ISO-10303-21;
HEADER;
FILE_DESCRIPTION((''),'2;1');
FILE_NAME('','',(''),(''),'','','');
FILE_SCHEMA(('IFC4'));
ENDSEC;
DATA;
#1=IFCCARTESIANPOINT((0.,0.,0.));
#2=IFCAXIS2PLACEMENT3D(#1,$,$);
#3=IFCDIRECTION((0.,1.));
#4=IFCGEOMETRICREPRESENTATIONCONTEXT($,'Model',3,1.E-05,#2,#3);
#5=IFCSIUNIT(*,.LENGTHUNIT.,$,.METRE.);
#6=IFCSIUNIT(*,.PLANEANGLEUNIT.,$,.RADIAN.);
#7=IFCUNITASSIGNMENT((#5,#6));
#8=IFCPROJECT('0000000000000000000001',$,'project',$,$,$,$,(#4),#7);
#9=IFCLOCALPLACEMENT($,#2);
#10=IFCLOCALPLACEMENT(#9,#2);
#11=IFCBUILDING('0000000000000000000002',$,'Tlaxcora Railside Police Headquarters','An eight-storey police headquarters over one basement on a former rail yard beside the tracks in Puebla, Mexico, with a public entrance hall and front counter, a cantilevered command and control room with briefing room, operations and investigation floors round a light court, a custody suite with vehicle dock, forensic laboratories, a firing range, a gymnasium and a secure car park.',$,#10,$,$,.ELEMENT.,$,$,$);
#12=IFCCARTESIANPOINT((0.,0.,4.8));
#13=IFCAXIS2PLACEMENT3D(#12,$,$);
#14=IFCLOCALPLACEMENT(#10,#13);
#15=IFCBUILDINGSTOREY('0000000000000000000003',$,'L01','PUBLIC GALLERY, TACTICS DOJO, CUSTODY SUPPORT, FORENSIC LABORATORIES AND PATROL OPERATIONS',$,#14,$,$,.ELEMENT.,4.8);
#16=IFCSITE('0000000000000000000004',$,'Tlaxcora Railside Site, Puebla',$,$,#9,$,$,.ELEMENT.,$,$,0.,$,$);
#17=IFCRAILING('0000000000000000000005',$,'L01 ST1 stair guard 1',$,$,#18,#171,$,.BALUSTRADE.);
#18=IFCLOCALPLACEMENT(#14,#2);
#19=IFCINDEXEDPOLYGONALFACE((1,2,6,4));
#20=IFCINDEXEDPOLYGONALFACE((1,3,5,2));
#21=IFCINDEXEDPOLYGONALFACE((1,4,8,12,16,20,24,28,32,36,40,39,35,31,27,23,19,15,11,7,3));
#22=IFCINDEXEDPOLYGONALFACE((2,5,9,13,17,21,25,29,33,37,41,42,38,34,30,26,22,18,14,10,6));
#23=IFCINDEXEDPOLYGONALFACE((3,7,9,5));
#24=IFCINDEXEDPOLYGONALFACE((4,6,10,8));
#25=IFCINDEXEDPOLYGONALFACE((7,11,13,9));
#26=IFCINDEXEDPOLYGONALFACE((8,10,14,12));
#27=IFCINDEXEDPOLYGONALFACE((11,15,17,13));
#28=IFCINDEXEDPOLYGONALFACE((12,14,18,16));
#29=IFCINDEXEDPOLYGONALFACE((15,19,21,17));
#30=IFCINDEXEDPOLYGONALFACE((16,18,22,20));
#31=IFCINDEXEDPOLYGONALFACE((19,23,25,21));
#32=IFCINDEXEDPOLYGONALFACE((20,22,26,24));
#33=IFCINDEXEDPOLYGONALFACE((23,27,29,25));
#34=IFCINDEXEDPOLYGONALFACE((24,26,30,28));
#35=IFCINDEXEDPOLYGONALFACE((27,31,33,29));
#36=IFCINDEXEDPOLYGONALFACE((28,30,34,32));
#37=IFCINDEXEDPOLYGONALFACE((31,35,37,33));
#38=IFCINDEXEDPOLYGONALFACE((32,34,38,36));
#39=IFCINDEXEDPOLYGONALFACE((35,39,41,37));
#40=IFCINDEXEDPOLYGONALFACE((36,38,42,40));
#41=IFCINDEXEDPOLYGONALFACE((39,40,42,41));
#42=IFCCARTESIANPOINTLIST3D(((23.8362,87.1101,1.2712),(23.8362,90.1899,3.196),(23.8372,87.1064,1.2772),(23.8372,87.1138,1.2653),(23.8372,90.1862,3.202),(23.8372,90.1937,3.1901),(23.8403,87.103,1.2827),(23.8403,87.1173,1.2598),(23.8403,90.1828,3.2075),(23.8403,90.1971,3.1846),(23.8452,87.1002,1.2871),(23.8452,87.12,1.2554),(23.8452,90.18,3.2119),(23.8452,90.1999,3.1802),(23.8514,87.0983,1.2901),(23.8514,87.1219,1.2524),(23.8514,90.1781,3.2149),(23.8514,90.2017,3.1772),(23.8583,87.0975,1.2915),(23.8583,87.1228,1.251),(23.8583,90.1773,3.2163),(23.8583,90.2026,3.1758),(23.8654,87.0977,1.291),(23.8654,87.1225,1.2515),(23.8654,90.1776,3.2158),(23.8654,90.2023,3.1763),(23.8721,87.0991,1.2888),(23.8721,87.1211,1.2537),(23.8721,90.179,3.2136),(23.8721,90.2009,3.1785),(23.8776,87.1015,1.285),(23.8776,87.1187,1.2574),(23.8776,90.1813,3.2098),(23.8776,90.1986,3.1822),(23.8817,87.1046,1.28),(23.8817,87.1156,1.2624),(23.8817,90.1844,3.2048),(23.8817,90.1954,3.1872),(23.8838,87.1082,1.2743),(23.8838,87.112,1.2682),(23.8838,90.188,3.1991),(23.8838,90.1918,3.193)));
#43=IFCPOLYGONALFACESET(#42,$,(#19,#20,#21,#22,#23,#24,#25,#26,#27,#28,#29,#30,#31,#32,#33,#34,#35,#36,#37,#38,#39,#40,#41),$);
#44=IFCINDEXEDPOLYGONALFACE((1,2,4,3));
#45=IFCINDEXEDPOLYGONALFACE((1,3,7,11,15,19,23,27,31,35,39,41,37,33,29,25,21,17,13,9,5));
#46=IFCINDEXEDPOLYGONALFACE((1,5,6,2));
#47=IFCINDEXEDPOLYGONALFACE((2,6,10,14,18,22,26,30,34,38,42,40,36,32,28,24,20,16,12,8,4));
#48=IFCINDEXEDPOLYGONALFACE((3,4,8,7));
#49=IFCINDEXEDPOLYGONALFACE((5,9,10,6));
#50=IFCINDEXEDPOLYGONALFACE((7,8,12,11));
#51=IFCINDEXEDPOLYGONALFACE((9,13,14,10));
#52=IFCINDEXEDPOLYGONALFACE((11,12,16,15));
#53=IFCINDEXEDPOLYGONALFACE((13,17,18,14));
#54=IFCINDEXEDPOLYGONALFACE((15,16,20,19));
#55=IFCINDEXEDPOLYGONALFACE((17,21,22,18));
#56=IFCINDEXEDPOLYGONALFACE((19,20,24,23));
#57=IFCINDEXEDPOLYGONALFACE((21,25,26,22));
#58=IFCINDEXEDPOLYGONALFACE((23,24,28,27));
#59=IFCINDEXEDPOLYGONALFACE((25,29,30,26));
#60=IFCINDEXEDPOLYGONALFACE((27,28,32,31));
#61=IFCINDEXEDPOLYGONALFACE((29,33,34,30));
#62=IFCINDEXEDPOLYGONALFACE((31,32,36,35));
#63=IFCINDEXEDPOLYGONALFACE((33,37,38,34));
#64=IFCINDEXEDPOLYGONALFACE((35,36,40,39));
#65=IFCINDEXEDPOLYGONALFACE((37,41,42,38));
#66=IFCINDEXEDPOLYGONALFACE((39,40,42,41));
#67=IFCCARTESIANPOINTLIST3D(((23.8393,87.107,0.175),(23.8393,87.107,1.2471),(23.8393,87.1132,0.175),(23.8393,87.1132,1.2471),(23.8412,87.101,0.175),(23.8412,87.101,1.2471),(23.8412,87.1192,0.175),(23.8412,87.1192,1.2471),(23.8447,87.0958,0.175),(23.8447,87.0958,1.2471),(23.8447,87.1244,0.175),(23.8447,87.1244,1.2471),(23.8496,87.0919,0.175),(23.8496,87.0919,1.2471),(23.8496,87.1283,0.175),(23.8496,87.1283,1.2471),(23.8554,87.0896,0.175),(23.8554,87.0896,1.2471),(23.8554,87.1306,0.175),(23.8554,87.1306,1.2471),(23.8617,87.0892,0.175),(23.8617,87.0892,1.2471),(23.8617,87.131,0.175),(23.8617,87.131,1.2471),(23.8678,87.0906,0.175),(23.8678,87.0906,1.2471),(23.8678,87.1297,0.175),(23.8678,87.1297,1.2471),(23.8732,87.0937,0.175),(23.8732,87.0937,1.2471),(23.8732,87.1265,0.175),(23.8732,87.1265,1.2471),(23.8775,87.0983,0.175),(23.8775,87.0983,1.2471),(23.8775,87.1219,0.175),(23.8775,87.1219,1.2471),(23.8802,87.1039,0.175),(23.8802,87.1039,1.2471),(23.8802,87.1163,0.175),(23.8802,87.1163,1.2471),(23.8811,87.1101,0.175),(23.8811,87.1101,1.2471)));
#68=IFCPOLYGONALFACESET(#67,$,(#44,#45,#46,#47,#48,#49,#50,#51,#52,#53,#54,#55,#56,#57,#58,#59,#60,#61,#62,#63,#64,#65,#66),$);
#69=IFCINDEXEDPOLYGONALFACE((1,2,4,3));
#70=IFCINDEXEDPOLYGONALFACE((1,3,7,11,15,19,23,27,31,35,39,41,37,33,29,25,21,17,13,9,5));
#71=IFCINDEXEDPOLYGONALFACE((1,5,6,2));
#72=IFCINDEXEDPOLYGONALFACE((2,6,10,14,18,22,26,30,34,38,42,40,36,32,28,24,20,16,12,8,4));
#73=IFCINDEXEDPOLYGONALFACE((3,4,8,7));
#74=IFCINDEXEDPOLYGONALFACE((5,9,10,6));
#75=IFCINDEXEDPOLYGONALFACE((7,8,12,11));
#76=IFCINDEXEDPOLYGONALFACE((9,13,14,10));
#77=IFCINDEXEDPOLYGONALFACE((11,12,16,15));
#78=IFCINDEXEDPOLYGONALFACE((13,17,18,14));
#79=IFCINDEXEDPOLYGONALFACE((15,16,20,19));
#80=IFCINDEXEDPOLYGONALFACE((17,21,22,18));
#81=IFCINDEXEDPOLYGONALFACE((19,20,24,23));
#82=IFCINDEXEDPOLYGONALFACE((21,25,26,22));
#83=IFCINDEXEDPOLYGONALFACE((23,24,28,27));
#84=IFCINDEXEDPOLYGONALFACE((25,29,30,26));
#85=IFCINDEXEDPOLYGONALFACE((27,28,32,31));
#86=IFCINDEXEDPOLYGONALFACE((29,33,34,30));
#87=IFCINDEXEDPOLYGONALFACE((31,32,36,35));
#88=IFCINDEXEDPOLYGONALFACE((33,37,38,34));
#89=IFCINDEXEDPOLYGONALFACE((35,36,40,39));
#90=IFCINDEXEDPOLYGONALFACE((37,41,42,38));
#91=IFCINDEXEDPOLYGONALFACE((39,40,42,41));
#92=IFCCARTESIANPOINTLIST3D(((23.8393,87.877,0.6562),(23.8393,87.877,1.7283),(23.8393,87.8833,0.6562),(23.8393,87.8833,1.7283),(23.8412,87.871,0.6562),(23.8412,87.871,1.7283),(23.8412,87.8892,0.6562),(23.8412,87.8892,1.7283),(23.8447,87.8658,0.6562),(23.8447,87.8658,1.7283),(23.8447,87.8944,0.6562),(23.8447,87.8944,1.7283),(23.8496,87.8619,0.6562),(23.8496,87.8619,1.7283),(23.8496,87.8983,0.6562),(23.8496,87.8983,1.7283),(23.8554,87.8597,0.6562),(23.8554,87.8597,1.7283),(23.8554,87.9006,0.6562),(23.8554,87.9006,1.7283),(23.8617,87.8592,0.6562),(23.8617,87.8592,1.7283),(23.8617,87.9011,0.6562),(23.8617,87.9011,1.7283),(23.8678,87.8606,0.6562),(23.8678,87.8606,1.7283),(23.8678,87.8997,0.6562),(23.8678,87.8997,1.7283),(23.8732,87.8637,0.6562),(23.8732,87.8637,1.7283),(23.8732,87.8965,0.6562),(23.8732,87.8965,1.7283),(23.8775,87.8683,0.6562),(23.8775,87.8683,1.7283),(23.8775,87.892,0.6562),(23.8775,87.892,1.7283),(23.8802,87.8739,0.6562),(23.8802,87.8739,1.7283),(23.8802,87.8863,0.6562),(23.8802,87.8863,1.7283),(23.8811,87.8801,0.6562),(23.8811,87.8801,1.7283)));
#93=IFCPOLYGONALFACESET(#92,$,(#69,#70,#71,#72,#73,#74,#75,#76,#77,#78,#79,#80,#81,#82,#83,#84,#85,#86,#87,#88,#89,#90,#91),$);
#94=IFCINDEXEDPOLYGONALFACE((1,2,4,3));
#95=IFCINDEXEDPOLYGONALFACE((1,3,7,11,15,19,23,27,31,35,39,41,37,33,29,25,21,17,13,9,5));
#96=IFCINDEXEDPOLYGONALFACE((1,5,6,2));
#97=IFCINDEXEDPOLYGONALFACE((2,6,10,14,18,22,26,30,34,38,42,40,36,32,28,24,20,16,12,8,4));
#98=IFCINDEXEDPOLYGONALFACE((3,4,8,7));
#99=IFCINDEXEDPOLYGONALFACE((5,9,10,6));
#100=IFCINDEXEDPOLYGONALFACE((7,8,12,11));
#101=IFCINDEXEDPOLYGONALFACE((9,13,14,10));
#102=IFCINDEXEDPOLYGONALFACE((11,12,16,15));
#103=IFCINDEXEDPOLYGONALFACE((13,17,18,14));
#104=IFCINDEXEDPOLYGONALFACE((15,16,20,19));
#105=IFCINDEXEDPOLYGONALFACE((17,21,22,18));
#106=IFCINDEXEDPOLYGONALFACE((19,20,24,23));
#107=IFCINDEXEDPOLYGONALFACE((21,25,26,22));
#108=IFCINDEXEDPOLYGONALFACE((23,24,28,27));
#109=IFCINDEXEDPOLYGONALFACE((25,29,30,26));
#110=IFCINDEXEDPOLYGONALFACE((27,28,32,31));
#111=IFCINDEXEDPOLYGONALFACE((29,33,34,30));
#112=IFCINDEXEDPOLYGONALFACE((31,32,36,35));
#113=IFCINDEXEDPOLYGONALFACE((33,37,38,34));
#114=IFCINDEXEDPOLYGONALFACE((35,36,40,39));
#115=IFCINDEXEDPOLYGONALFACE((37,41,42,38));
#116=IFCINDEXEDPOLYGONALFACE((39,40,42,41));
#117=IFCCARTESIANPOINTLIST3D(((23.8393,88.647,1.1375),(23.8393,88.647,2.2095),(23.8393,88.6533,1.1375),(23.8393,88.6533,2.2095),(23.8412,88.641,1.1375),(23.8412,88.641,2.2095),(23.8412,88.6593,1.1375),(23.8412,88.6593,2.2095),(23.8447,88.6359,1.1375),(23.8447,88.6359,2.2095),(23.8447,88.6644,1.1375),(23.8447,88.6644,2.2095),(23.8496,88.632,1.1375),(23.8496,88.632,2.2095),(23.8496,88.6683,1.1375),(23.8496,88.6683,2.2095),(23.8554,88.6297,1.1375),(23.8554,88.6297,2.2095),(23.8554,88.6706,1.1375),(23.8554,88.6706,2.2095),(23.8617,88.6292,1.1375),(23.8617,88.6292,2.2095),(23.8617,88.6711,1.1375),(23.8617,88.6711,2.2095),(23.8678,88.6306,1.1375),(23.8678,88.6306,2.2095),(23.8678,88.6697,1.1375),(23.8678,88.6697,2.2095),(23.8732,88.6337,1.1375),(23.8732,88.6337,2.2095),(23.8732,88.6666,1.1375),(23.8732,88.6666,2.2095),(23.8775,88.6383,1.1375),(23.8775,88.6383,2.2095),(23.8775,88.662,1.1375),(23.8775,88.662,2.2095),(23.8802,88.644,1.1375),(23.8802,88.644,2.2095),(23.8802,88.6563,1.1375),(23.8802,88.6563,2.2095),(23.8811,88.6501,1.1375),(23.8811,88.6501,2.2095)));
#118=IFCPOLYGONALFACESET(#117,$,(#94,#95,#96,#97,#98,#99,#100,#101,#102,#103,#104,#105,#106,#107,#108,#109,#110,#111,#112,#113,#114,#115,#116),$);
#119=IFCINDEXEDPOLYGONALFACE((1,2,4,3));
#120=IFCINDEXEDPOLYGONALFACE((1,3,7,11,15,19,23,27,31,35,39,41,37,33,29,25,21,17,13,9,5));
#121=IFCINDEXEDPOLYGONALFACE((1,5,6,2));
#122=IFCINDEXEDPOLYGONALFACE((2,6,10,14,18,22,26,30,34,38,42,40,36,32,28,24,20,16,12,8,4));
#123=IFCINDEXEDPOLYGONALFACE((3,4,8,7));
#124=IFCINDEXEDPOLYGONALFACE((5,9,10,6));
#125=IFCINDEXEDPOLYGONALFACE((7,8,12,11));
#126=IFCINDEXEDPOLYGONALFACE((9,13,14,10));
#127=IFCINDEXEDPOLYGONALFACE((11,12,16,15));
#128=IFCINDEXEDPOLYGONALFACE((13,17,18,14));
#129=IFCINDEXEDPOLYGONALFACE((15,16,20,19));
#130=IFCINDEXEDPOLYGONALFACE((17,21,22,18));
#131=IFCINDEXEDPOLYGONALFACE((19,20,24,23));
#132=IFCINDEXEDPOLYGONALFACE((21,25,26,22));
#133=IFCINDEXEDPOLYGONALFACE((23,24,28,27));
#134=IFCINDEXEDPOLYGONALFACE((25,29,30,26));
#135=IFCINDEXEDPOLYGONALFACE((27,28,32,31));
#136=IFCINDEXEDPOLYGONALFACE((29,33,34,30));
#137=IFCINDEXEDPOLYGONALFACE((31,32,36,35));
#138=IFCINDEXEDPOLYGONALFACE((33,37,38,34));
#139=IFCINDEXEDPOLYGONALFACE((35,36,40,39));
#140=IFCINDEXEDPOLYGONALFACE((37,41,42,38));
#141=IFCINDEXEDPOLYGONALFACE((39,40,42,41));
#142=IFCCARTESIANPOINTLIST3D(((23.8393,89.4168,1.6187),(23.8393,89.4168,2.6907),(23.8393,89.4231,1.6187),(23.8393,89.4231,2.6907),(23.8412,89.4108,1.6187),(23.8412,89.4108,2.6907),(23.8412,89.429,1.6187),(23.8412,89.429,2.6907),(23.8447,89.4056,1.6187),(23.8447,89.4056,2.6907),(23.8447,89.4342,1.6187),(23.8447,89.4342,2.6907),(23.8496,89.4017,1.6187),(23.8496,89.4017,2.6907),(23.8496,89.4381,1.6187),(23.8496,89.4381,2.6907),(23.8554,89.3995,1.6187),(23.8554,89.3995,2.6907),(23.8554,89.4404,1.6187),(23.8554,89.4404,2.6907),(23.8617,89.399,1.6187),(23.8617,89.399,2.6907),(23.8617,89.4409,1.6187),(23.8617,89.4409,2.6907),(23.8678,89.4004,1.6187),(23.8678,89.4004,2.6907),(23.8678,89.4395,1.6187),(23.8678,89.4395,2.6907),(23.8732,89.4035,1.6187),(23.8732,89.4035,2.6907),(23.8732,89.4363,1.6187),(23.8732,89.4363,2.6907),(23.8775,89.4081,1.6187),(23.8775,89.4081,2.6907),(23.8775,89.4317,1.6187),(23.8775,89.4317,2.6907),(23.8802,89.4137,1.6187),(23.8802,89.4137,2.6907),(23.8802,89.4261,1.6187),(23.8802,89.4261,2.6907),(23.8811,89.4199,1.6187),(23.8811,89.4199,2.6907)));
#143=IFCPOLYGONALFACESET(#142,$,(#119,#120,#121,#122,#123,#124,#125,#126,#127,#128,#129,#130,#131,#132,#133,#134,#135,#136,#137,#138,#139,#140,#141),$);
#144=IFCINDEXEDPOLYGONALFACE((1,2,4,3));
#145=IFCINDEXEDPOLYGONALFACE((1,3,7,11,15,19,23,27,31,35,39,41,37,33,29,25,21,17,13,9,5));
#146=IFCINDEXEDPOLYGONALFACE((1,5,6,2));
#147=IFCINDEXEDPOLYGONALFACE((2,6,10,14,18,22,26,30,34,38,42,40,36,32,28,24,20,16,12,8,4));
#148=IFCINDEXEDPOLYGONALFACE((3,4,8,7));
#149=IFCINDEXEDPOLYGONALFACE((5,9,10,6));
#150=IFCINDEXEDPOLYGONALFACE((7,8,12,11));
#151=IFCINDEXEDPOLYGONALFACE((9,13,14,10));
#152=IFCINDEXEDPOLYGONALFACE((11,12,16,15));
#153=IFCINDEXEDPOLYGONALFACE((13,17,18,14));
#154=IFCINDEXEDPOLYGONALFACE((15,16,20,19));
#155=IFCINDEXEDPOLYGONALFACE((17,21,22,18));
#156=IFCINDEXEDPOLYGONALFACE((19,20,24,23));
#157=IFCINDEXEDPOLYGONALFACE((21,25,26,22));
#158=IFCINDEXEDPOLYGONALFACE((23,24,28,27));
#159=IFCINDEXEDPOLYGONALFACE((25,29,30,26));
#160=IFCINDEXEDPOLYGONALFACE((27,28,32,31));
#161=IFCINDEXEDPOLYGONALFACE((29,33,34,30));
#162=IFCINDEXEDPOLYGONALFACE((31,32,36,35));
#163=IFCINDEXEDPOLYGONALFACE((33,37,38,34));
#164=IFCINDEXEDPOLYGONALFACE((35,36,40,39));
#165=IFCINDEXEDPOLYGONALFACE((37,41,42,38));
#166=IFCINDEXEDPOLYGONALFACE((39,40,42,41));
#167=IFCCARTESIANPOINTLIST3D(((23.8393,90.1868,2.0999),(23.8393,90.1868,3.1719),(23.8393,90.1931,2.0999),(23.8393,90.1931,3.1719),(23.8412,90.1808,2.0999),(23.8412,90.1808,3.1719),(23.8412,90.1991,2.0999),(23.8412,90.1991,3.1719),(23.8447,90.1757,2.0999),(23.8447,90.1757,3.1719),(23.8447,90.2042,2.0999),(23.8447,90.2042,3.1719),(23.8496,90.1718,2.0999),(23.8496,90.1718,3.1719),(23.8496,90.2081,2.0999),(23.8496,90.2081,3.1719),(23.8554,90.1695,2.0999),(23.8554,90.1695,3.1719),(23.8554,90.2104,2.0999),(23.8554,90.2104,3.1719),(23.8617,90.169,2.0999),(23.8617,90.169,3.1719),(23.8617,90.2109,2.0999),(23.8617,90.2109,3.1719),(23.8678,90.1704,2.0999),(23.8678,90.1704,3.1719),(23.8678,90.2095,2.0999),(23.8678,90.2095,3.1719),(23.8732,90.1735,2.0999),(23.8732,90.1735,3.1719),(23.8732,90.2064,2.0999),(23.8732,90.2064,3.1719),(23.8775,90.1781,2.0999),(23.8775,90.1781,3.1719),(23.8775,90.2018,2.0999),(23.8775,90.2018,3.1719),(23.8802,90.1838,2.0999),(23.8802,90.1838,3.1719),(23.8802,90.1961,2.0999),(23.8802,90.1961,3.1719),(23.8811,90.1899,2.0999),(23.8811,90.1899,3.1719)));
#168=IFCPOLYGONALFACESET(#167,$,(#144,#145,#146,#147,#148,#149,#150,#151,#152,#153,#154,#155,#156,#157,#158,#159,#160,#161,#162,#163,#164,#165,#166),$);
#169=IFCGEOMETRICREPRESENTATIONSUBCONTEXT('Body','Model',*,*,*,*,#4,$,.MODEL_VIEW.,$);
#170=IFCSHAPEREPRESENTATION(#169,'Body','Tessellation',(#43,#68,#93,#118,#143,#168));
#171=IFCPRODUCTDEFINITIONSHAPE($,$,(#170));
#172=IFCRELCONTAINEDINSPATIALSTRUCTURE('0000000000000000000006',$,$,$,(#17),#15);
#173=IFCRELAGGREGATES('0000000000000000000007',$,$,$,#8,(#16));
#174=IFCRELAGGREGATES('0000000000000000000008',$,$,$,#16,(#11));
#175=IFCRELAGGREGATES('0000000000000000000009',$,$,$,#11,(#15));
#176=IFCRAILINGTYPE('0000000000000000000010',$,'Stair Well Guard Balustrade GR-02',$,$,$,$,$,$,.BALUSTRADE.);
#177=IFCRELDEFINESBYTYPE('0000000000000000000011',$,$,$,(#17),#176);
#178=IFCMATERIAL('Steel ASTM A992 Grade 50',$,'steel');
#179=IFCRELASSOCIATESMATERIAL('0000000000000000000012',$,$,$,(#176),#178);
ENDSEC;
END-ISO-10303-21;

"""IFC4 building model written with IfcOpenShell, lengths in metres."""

from ifc_helpers import new_model, si_unit, direction, frame, origin, origin_2d, place, context, subcontext, project, spatial, circle, extrude, material, type_object, element, save


model = new_model("IFC4")

# Units and contexts
model_context = context("Model", 3, precision=1e-05, world=origin(), true_north=direction((0.0, 1.0)))
body_context = subcontext(model_context, "Body", "Model", "MODEL_VIEW")
ifc_project = project(units=[si_unit("LENGTHUNIT", "METRE"), si_unit("PLANEANGLEUNIT", "RADIAN")], contexts=[model_context])

# Site, building, storey
site_placement = place(None, origin())
site = spatial("IfcSite", under=ifc_project, at=site_placement, Name="Tlaxcora Railside Site, Puebla", CompositionType="ELEMENT", RefElevation=0.0)
building_placement = place(site_placement, origin())
building = spatial("IfcBuilding", under=site, at=building_placement, Name="Tlaxcora Railside Police Headquarters", Description="An eight-storey police headquarters over one basement on a former rail yard beside the tracks in Puebla, Mexico, with a public entrance hall and front counter, a cantilevered command and control room with briefing room, operations and investigation floors round a light court, a custody suite with vehicle dock, forensic laboratories, a firing range, a gymnasium and a secure car park.", CompositionType="ELEMENT")
storey_placement = place(building_placement, frame((0.0, 0.0, 4.8)))
storey = spatial("IfcBuildingStorey", under=building, at=storey_placement, Name="L01", Description="PUBLIC GALLERY, TACTICS DOJO, CUSTODY SUPPORT, FORENSIC LABORATORIES AND PATROL OPERATIONS", CompositionType="ELEMENT", Elevation=4.8)

# Shared definitions
ifc_material_1 = material(Name="Steel ASTM A992 Grade 50", Category="steel")

# Railing
railing_type_1 = type_object("IfcRailingType", Name="Stair Well Guard Balustrade GR-02", PredefinedType="BALUSTRADE", material=ifc_material_1)
railing_1_placement = place(storey_placement, frame((23.8601, 87.1101, 0.175)))
element("IfcRailing", 1, at=railing_1_placement, inside=storey, type_object=railing_type_1, Name="L01 ST1 stair guard 1", PredefinedType="BALUSTRADE", context=body_context, shape_type="SweptSolid", body=[
    extrude(circle(Radius=0.0239, at=origin_2d()), frame((0.0, 0.0, 1.0962), z_axis=(0.0, 0.84801, 0.529981), x_axis=(-1.0, 0.0, 0.0)), (0.0, 0.0, 1.0), 3.6318),
    extrude(circle(Radius=0.021, at=origin_2d()), origin(), (0.0, 0.0, 1.0), 1.072),
    extrude(circle(Radius=0.021, at=origin_2d()), frame((0.0, 0.77, 0.4812)), (0.0, 0.0, 1.0), 1.072),
    extrude(circle(Radius=0.021, at=origin_2d()), frame((0.0, 1.54, 0.9624)), (0.0, 0.0, 1.0), 1.072),
    extrude(circle(Radius=0.021, at=origin_2d()), frame((0.0, 2.3098, 1.4436)), (0.0, 0.0, 1.0), 1.072),
    extrude(circle(Radius=0.021, at=origin_2d()), frame((0.0, 3.0798, 1.9248)), (0.0, 0.0, 1.0), 1.072),
])

save(model, "model.ifc")
